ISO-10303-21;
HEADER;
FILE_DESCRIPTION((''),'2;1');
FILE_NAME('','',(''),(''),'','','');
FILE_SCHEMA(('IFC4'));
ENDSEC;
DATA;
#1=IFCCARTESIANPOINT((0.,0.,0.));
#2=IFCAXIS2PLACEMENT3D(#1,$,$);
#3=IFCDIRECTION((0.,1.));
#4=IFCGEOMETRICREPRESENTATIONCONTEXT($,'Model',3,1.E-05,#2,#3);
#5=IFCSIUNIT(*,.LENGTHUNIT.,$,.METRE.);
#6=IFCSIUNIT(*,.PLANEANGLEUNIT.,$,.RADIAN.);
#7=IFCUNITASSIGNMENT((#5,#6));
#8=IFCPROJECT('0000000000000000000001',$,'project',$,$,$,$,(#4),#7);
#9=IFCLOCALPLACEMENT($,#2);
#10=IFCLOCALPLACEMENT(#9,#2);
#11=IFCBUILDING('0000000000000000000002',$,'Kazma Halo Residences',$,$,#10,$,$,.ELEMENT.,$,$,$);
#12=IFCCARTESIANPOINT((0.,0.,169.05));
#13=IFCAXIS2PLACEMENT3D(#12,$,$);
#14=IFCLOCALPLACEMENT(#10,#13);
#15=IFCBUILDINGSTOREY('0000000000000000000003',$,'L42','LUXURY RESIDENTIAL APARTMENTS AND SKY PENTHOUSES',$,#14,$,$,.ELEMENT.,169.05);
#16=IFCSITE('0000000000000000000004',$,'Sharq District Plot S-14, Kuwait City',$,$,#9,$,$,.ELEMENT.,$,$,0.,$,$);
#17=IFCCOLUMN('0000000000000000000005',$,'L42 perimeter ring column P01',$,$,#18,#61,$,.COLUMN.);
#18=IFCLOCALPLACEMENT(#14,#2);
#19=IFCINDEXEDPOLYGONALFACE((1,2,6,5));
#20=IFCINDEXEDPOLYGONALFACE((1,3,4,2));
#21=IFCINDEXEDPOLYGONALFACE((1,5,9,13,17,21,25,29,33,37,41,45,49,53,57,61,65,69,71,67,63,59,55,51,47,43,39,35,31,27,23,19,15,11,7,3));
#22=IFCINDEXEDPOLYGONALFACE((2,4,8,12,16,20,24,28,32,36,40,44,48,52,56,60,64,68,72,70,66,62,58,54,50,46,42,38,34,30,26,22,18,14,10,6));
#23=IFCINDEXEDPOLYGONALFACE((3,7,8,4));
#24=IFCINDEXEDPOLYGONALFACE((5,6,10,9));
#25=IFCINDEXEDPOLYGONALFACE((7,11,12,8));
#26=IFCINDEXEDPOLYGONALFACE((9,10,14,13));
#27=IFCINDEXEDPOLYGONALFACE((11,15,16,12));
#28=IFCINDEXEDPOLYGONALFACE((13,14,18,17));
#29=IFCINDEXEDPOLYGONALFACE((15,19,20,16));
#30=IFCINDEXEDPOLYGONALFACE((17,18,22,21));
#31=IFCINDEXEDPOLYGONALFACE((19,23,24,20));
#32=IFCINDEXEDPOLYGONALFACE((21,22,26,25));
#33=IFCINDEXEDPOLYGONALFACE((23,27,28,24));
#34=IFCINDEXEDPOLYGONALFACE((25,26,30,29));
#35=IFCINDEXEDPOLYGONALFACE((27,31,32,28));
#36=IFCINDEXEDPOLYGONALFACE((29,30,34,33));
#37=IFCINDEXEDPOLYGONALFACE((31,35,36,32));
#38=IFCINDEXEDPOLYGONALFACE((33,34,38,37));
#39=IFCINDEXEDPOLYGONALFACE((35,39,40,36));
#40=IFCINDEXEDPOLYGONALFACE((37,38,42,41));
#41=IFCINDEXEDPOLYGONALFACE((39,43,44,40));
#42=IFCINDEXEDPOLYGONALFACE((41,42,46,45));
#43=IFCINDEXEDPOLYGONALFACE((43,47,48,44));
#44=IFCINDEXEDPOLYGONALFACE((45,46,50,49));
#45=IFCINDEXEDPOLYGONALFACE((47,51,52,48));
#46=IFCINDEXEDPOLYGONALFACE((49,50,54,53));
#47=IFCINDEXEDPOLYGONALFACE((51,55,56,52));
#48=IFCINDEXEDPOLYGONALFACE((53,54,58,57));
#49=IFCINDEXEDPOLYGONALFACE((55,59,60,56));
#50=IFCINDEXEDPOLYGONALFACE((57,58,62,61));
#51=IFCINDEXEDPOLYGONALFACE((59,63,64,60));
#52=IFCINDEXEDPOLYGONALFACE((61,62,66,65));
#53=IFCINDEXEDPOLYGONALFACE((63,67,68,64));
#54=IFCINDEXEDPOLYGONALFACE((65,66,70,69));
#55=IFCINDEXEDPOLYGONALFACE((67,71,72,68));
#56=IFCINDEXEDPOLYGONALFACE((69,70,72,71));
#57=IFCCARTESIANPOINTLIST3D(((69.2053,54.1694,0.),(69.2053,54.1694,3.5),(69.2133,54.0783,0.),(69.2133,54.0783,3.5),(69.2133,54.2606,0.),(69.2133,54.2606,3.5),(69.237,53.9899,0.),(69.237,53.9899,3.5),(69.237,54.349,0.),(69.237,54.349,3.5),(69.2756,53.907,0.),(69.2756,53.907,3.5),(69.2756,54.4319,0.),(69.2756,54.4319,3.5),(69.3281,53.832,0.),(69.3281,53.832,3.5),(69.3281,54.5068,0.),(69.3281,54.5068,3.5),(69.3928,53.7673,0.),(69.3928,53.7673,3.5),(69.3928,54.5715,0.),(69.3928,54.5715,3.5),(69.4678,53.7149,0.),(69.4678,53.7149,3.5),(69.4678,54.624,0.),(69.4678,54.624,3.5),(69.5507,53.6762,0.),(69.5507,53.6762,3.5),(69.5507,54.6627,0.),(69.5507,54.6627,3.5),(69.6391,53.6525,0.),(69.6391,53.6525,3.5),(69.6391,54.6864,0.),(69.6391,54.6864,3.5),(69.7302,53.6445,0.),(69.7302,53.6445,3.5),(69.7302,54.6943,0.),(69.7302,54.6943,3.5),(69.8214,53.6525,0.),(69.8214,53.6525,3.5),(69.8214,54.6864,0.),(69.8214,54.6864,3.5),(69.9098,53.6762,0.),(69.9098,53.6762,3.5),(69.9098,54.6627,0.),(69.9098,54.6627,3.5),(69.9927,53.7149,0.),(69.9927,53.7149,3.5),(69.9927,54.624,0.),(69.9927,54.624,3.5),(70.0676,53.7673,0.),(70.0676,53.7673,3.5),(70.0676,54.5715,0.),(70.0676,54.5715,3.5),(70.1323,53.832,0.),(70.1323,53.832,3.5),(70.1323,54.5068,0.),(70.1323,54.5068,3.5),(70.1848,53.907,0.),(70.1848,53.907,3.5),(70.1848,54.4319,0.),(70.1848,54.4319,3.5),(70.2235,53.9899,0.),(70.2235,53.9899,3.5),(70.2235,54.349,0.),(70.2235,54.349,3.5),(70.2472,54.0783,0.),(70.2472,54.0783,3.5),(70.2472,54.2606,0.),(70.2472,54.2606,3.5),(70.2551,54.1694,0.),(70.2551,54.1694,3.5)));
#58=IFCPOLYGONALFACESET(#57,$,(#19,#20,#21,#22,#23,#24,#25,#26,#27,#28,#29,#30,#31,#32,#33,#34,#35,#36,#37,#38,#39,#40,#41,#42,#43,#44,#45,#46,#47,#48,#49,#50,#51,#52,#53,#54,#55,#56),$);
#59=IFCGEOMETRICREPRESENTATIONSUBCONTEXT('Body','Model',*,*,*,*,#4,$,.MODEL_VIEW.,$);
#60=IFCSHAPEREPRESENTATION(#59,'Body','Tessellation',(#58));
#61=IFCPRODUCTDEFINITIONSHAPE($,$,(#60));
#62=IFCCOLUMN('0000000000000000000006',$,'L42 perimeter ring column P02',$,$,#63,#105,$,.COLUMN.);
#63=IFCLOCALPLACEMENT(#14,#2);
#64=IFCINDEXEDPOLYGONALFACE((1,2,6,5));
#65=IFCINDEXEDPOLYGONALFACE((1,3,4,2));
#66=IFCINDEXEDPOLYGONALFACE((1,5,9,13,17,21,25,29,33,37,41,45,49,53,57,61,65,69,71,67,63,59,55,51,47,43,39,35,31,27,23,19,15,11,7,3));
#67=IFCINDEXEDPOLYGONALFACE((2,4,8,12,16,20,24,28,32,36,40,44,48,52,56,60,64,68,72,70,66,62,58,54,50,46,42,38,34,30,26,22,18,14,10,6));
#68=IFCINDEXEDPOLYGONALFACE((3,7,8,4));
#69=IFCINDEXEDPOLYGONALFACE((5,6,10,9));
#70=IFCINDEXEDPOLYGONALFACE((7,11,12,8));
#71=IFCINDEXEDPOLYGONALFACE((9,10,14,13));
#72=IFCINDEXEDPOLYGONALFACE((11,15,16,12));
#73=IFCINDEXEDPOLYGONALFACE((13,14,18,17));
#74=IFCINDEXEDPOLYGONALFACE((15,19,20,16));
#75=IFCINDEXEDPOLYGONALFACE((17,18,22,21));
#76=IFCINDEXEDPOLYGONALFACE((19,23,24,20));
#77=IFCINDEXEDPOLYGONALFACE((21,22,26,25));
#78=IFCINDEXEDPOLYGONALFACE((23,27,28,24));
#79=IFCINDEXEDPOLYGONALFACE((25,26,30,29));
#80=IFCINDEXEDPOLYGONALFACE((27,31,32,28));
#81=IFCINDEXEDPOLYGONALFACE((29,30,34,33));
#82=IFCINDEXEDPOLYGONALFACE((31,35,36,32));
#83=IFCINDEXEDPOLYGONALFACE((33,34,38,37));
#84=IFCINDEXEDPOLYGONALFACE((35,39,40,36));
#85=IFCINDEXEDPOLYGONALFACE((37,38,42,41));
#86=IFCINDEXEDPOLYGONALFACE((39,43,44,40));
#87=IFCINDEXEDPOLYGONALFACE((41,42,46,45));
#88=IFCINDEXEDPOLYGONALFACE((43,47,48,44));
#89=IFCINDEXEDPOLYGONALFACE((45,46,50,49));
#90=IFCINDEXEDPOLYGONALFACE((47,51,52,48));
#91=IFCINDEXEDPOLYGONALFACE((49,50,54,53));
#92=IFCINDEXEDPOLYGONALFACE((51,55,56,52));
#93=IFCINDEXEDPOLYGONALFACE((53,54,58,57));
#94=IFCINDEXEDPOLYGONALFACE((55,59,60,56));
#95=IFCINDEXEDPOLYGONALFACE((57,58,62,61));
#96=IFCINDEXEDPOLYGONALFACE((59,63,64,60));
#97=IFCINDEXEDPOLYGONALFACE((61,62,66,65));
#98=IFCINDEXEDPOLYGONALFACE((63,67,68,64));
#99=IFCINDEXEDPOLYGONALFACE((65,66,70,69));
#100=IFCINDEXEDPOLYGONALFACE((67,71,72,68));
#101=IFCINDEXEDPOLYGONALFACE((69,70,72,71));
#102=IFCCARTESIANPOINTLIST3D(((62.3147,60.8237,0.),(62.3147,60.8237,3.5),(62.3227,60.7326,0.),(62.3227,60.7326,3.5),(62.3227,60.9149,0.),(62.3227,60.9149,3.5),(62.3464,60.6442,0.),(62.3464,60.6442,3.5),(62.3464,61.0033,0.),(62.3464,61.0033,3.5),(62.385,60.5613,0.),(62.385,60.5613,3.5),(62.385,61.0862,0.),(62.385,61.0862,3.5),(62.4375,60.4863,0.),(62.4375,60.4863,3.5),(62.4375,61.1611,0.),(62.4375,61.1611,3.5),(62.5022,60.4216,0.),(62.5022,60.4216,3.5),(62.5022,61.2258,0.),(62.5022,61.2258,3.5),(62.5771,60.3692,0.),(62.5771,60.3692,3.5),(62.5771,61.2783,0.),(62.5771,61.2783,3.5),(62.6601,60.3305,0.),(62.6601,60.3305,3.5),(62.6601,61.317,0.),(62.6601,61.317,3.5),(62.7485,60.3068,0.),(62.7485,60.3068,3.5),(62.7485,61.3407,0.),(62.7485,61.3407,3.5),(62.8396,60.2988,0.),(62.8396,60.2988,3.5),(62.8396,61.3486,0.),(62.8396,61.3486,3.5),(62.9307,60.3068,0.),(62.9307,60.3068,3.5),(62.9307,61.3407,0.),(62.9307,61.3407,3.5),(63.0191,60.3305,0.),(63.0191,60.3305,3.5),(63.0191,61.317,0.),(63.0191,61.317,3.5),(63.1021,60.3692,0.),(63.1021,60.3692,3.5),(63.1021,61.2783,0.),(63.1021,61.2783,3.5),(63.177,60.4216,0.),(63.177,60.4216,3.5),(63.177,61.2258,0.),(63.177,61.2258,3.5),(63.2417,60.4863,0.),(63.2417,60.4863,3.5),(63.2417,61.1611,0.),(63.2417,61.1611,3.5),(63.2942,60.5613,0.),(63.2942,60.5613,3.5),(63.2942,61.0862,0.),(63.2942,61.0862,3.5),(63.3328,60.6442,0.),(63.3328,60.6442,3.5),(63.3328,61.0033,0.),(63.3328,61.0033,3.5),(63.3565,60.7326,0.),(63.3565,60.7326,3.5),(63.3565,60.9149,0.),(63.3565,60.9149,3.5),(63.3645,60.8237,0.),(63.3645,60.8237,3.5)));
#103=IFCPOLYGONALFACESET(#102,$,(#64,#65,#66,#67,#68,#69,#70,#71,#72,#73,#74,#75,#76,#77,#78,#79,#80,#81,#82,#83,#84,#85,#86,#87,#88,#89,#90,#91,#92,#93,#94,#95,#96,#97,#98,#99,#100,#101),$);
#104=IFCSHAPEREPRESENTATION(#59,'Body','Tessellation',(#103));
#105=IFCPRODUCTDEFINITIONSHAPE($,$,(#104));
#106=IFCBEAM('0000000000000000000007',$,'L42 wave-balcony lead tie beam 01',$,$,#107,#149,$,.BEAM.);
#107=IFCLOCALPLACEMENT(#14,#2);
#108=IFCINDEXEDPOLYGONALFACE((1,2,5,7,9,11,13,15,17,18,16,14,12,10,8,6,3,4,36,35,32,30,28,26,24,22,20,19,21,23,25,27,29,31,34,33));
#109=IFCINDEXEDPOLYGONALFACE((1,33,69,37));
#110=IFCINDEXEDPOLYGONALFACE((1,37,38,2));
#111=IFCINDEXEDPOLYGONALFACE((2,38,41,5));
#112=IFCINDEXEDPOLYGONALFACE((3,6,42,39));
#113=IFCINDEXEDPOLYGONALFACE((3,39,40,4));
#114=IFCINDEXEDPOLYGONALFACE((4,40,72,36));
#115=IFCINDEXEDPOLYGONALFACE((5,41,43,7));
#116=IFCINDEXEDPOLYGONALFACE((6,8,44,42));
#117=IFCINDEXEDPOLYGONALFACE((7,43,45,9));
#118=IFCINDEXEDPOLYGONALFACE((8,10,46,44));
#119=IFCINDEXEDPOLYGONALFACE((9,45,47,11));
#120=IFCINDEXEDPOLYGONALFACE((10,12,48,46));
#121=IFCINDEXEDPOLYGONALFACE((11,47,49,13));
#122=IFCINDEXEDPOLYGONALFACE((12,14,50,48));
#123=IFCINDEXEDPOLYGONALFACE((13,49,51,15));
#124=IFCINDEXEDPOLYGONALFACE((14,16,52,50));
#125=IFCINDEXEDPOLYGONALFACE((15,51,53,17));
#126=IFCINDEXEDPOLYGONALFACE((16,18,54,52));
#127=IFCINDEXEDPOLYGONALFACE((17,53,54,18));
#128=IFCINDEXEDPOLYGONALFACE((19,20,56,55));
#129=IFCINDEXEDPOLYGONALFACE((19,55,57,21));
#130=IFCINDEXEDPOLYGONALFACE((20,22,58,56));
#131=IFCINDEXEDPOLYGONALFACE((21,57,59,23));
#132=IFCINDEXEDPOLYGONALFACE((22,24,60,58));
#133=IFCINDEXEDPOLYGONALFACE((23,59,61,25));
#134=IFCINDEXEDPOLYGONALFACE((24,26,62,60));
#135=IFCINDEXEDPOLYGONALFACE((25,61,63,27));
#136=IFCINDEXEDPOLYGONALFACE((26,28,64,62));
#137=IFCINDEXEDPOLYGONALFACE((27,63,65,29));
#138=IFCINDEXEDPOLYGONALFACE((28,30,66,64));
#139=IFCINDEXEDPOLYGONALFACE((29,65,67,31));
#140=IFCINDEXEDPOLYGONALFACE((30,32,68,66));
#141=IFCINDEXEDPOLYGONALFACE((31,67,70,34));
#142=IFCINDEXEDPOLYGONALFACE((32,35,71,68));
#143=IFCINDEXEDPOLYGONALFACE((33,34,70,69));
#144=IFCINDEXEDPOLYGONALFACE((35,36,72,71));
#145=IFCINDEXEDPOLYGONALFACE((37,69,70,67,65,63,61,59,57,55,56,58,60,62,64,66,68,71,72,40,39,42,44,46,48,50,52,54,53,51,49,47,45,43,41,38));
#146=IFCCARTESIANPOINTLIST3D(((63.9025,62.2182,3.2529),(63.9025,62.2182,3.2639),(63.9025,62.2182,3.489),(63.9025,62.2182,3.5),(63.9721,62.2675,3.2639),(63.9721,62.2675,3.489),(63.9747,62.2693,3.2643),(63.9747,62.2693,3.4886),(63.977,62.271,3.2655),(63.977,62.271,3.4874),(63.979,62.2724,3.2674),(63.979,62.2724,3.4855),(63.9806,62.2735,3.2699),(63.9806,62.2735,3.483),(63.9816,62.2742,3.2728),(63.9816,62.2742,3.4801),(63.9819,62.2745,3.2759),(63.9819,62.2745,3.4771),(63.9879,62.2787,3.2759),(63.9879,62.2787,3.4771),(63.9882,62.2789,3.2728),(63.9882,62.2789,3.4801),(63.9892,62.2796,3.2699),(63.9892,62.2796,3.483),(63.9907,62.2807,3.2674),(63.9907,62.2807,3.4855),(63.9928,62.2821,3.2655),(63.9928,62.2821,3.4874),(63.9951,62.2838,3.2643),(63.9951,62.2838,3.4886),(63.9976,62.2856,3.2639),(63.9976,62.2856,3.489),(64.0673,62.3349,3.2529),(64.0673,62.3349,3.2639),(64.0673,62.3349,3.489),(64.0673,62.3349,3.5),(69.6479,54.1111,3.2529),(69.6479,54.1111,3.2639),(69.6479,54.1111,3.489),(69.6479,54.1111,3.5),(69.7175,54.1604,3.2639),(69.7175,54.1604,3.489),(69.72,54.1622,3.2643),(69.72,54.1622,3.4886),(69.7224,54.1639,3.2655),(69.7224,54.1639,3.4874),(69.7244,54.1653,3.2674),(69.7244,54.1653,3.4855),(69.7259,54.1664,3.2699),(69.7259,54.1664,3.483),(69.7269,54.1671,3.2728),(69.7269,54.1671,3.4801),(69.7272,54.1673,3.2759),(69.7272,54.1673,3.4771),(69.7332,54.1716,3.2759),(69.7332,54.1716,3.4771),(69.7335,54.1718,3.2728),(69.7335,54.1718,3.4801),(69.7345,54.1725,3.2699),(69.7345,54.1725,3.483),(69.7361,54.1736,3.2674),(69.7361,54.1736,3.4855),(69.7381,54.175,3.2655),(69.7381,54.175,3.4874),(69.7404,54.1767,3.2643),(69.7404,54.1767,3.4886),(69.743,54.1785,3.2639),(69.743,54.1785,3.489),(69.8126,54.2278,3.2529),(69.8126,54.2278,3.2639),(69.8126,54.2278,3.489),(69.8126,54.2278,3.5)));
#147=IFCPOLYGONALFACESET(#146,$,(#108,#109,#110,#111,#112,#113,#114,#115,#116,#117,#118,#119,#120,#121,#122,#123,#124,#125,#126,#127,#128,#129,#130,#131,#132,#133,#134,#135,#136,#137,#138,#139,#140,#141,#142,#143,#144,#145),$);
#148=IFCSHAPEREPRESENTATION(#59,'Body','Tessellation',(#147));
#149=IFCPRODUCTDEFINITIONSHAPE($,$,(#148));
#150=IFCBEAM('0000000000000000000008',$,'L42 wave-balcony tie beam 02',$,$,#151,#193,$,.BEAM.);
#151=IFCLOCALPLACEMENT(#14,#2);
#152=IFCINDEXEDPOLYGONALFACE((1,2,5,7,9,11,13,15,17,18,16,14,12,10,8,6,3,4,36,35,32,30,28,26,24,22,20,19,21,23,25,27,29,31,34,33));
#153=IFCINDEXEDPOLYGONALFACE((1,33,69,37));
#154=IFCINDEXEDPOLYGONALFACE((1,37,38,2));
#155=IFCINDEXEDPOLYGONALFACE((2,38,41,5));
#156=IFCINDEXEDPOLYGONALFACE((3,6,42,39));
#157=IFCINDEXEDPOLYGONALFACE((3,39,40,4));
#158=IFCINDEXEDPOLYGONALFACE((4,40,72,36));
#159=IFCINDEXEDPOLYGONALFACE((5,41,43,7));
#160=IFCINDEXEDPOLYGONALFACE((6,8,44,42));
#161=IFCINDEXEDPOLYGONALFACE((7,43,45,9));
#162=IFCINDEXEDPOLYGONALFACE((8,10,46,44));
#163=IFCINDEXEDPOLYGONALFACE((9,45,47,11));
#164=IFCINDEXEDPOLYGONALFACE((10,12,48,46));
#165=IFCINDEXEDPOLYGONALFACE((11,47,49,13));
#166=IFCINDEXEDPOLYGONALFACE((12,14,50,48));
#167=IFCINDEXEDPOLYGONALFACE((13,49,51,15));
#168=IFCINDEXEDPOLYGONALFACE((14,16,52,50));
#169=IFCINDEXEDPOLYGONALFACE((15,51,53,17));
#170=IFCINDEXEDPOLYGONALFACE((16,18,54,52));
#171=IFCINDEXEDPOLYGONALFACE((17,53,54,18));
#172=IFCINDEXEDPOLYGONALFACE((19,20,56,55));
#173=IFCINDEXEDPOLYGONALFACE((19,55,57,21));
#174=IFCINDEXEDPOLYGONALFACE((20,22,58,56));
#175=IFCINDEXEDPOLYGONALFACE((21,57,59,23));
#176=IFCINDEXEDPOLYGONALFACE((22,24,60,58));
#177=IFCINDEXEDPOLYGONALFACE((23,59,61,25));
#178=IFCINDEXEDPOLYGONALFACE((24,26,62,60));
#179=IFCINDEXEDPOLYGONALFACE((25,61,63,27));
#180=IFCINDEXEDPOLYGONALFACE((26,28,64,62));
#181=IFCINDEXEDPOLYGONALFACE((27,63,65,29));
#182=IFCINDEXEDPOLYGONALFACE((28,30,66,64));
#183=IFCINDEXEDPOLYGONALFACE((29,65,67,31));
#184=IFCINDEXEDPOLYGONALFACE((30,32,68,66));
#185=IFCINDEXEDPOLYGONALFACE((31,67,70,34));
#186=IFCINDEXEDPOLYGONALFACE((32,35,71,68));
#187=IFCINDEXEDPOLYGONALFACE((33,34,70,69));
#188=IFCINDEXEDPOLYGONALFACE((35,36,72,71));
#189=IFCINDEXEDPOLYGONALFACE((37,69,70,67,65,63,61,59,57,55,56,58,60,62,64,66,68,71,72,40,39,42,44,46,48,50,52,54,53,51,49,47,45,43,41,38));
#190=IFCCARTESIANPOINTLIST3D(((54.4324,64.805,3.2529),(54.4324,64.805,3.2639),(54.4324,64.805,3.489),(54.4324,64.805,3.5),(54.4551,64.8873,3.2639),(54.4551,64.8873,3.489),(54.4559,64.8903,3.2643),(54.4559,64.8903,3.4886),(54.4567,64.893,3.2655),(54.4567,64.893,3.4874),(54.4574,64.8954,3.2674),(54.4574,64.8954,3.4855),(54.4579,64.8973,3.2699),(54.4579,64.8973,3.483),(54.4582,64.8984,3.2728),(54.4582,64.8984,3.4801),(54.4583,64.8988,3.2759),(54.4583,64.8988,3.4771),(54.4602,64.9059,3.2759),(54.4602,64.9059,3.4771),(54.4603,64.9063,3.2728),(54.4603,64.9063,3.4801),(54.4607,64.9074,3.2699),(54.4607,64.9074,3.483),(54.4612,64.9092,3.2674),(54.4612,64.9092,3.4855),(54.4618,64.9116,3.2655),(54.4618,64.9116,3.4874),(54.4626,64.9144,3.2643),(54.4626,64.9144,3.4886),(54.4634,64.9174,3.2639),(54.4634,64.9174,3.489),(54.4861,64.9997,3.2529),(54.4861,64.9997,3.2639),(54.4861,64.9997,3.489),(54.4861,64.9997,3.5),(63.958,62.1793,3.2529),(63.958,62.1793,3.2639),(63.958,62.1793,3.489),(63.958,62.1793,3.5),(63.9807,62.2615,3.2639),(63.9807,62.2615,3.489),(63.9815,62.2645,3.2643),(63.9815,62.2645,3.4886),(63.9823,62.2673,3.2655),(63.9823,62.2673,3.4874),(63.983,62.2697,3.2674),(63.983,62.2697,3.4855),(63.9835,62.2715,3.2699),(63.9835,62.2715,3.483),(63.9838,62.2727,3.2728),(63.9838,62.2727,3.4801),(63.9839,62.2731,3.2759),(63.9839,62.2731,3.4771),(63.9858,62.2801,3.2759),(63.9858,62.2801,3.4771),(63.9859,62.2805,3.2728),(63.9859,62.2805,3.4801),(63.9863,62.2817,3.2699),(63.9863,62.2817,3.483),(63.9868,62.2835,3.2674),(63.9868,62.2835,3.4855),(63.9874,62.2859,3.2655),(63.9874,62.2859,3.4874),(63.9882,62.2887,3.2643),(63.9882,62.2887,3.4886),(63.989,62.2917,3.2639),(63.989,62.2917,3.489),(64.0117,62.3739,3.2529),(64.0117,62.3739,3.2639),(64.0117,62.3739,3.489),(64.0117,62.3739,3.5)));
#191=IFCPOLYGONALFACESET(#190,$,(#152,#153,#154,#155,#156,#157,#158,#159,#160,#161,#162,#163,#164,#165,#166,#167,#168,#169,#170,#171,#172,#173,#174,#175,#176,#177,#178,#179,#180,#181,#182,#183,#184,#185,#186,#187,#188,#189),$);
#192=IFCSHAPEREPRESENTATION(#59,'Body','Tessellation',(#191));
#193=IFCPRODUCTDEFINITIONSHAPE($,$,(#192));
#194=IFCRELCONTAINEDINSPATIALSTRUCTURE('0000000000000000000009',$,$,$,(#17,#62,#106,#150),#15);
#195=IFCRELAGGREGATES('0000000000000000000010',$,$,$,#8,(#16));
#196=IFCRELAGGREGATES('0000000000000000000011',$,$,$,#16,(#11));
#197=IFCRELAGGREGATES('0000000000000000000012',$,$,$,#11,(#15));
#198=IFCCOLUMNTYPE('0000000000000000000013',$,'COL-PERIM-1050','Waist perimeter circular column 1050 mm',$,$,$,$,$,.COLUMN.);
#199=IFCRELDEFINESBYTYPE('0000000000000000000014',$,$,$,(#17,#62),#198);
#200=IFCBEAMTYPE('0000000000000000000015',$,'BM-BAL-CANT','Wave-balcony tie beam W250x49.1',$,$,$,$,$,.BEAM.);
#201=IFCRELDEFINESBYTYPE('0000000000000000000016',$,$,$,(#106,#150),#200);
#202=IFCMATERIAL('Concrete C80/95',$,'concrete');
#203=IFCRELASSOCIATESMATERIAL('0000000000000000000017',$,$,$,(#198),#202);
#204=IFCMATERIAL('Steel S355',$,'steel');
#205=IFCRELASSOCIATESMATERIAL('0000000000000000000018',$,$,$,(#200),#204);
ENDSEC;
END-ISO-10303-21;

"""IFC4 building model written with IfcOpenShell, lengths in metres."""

from ifc_helpers import new_model, si_unit, direction, frame, origin, origin_2d, place, context, subcontext, project, spatial, circle, i_section, extrude, material, material_profile, profile_set, type_object, element, save


model = new_model("IFC4")

# Units and contexts
model_context = context("Model", 3, precision=1e-05, world=origin(), true_north=direction((0.0, 1.0)))
body_context = subcontext(model_context, "Body", "Model", "MODEL_VIEW")
ifc_project = project(units=[si_unit("LENGTHUNIT", "METRE"), si_unit("PLANEANGLEUNIT", "RADIAN")], contexts=[model_context])

# Site, building, storey
site_placement = place(None, origin())
site = spatial("IfcSite", under=ifc_project, at=site_placement, Name="Sharq District Plot S-14, Kuwait City", CompositionType="ELEMENT", RefElevation=0.0)
building_placement = place(site_placement, origin())
building = spatial("IfcBuilding", under=site, at=building_placement, Name="Kazma Halo Residences", CompositionType="ELEMENT")
storey_placement = place(building_placement, frame((0.0, 0.0, 169.05)))
storey = spatial("IfcBuildingStorey", under=building, at=storey_placement, Name="L42", Description="LUXURY RESIDENTIAL APARTMENTS AND SKY PENTHOUSES", CompositionType="ELEMENT", Elevation=169.05)

# Columns
ifc_material_1 = material(Name="Concrete C80/95", Category="concrete")
ifc_material_profile_1 = material_profile(ifc_material_1, circle(Radius=0.5249, at=origin_2d()), Name="CIRC1050")
ifc_profile_set_1 = profile_set([ifc_material_profile_1], Name="Concrete C80/95")
column_type = type_object("IfcColumnType", Name="COL-PERIM-1050", Description="Waist perimeter circular column 1050 mm", PredefinedType="COLUMN", material=ifc_profile_set_1)
for number, where, z_axis, x_axis, name in (
    (1, (69.7302, 54.1694, 0.0), (0.0, 0.0, 1.0), (1.0, 0.0, 0.0), "L42 perimeter ring column P01"),
    (2, (62.8396, 60.8237, 0.0), (0.0, 0.0, 1.0), (1.0, 0.0, 0.0), "L42 perimeter ring column P02"),
):
    element("IfcColumn", number, at=place(storey_placement, frame(where, z_axis=z_axis, x_axis=x_axis)), inside=storey, type_object=column_type, Name=name, PredefinedType="COLUMN", context=body_context, shape_type="SweptSolid", body=[
        extrude(circle(Radius=0.5249, at=origin_2d()), origin(), (0.0, 0.0, 1.0), 3.5),
    ])

# Beams
ifc_material_2 = material(Name="Steel S355", Category="steel")
ifc_material_profile_2 = material_profile(ifc_material_2, i_section(OverallWidth=0.2019, OverallDepth=0.2471, WebThickness=0.0073, FlangeThickness=0.011, FilletRadius=0.012, at=origin_2d()), Name="W250x49.1")
ifc_profile_set_2 = profile_set([ifc_material_profile_2], Name="Steel S355")
beam_type_1 = type_object("IfcBeamType", Name="BM-BAL-CANT", Description="Wave-balcony tie beam W250x49.1", PredefinedType="BEAM", material=ifc_profile_set_2)
beam_1_placement = place(storey_placement, frame((69.7302, 54.1694, 3.3765), z_axis=(-0.578203, 0.815893, 0.0), x_axis=(-0.815893, -0.578203, 0.0)))
element("IfcBeam", 3, at=beam_1_placement, inside=storey, type_object=beam_type_1, Name="L42 wave-balcony lead tie beam 01", PredefinedType="BEAM", context=body_context, shape_type="SweptSolid", body=[
    extrude(i_section(OverallWidth=0.2019, OverallDepth=0.2471, WebThickness=0.0073, FlangeThickness=0.011, FilletRadius=0.012, at=origin_2d()), origin(), (0.0, 0.0, 1.0), 9.9365),
])
beam_2_placement = place(storey_placement, frame((63.9849, 62.2766, 3.3765), z_axis=(-0.964045, 0.265738, 0.0), x_axis=(-0.265738, -0.964045, 0.0)))
element("IfcBeam", 4, at=beam_2_placement, inside=storey, type_object=beam_type_1, Name="L42 wave-balcony tie beam 02", PredefinedType="BEAM", context=body_context, shape_type="SweptSolid", body=[
    extrude(i_section(OverallWidth=0.2019, OverallDepth=0.2471, WebThickness=0.0073, FlangeThickness=0.011, FilletRadius=0.012, at=origin_2d()), origin(), (0.0, 0.0, 1.0), 9.8809),
])

save(model, "model.ifc")
